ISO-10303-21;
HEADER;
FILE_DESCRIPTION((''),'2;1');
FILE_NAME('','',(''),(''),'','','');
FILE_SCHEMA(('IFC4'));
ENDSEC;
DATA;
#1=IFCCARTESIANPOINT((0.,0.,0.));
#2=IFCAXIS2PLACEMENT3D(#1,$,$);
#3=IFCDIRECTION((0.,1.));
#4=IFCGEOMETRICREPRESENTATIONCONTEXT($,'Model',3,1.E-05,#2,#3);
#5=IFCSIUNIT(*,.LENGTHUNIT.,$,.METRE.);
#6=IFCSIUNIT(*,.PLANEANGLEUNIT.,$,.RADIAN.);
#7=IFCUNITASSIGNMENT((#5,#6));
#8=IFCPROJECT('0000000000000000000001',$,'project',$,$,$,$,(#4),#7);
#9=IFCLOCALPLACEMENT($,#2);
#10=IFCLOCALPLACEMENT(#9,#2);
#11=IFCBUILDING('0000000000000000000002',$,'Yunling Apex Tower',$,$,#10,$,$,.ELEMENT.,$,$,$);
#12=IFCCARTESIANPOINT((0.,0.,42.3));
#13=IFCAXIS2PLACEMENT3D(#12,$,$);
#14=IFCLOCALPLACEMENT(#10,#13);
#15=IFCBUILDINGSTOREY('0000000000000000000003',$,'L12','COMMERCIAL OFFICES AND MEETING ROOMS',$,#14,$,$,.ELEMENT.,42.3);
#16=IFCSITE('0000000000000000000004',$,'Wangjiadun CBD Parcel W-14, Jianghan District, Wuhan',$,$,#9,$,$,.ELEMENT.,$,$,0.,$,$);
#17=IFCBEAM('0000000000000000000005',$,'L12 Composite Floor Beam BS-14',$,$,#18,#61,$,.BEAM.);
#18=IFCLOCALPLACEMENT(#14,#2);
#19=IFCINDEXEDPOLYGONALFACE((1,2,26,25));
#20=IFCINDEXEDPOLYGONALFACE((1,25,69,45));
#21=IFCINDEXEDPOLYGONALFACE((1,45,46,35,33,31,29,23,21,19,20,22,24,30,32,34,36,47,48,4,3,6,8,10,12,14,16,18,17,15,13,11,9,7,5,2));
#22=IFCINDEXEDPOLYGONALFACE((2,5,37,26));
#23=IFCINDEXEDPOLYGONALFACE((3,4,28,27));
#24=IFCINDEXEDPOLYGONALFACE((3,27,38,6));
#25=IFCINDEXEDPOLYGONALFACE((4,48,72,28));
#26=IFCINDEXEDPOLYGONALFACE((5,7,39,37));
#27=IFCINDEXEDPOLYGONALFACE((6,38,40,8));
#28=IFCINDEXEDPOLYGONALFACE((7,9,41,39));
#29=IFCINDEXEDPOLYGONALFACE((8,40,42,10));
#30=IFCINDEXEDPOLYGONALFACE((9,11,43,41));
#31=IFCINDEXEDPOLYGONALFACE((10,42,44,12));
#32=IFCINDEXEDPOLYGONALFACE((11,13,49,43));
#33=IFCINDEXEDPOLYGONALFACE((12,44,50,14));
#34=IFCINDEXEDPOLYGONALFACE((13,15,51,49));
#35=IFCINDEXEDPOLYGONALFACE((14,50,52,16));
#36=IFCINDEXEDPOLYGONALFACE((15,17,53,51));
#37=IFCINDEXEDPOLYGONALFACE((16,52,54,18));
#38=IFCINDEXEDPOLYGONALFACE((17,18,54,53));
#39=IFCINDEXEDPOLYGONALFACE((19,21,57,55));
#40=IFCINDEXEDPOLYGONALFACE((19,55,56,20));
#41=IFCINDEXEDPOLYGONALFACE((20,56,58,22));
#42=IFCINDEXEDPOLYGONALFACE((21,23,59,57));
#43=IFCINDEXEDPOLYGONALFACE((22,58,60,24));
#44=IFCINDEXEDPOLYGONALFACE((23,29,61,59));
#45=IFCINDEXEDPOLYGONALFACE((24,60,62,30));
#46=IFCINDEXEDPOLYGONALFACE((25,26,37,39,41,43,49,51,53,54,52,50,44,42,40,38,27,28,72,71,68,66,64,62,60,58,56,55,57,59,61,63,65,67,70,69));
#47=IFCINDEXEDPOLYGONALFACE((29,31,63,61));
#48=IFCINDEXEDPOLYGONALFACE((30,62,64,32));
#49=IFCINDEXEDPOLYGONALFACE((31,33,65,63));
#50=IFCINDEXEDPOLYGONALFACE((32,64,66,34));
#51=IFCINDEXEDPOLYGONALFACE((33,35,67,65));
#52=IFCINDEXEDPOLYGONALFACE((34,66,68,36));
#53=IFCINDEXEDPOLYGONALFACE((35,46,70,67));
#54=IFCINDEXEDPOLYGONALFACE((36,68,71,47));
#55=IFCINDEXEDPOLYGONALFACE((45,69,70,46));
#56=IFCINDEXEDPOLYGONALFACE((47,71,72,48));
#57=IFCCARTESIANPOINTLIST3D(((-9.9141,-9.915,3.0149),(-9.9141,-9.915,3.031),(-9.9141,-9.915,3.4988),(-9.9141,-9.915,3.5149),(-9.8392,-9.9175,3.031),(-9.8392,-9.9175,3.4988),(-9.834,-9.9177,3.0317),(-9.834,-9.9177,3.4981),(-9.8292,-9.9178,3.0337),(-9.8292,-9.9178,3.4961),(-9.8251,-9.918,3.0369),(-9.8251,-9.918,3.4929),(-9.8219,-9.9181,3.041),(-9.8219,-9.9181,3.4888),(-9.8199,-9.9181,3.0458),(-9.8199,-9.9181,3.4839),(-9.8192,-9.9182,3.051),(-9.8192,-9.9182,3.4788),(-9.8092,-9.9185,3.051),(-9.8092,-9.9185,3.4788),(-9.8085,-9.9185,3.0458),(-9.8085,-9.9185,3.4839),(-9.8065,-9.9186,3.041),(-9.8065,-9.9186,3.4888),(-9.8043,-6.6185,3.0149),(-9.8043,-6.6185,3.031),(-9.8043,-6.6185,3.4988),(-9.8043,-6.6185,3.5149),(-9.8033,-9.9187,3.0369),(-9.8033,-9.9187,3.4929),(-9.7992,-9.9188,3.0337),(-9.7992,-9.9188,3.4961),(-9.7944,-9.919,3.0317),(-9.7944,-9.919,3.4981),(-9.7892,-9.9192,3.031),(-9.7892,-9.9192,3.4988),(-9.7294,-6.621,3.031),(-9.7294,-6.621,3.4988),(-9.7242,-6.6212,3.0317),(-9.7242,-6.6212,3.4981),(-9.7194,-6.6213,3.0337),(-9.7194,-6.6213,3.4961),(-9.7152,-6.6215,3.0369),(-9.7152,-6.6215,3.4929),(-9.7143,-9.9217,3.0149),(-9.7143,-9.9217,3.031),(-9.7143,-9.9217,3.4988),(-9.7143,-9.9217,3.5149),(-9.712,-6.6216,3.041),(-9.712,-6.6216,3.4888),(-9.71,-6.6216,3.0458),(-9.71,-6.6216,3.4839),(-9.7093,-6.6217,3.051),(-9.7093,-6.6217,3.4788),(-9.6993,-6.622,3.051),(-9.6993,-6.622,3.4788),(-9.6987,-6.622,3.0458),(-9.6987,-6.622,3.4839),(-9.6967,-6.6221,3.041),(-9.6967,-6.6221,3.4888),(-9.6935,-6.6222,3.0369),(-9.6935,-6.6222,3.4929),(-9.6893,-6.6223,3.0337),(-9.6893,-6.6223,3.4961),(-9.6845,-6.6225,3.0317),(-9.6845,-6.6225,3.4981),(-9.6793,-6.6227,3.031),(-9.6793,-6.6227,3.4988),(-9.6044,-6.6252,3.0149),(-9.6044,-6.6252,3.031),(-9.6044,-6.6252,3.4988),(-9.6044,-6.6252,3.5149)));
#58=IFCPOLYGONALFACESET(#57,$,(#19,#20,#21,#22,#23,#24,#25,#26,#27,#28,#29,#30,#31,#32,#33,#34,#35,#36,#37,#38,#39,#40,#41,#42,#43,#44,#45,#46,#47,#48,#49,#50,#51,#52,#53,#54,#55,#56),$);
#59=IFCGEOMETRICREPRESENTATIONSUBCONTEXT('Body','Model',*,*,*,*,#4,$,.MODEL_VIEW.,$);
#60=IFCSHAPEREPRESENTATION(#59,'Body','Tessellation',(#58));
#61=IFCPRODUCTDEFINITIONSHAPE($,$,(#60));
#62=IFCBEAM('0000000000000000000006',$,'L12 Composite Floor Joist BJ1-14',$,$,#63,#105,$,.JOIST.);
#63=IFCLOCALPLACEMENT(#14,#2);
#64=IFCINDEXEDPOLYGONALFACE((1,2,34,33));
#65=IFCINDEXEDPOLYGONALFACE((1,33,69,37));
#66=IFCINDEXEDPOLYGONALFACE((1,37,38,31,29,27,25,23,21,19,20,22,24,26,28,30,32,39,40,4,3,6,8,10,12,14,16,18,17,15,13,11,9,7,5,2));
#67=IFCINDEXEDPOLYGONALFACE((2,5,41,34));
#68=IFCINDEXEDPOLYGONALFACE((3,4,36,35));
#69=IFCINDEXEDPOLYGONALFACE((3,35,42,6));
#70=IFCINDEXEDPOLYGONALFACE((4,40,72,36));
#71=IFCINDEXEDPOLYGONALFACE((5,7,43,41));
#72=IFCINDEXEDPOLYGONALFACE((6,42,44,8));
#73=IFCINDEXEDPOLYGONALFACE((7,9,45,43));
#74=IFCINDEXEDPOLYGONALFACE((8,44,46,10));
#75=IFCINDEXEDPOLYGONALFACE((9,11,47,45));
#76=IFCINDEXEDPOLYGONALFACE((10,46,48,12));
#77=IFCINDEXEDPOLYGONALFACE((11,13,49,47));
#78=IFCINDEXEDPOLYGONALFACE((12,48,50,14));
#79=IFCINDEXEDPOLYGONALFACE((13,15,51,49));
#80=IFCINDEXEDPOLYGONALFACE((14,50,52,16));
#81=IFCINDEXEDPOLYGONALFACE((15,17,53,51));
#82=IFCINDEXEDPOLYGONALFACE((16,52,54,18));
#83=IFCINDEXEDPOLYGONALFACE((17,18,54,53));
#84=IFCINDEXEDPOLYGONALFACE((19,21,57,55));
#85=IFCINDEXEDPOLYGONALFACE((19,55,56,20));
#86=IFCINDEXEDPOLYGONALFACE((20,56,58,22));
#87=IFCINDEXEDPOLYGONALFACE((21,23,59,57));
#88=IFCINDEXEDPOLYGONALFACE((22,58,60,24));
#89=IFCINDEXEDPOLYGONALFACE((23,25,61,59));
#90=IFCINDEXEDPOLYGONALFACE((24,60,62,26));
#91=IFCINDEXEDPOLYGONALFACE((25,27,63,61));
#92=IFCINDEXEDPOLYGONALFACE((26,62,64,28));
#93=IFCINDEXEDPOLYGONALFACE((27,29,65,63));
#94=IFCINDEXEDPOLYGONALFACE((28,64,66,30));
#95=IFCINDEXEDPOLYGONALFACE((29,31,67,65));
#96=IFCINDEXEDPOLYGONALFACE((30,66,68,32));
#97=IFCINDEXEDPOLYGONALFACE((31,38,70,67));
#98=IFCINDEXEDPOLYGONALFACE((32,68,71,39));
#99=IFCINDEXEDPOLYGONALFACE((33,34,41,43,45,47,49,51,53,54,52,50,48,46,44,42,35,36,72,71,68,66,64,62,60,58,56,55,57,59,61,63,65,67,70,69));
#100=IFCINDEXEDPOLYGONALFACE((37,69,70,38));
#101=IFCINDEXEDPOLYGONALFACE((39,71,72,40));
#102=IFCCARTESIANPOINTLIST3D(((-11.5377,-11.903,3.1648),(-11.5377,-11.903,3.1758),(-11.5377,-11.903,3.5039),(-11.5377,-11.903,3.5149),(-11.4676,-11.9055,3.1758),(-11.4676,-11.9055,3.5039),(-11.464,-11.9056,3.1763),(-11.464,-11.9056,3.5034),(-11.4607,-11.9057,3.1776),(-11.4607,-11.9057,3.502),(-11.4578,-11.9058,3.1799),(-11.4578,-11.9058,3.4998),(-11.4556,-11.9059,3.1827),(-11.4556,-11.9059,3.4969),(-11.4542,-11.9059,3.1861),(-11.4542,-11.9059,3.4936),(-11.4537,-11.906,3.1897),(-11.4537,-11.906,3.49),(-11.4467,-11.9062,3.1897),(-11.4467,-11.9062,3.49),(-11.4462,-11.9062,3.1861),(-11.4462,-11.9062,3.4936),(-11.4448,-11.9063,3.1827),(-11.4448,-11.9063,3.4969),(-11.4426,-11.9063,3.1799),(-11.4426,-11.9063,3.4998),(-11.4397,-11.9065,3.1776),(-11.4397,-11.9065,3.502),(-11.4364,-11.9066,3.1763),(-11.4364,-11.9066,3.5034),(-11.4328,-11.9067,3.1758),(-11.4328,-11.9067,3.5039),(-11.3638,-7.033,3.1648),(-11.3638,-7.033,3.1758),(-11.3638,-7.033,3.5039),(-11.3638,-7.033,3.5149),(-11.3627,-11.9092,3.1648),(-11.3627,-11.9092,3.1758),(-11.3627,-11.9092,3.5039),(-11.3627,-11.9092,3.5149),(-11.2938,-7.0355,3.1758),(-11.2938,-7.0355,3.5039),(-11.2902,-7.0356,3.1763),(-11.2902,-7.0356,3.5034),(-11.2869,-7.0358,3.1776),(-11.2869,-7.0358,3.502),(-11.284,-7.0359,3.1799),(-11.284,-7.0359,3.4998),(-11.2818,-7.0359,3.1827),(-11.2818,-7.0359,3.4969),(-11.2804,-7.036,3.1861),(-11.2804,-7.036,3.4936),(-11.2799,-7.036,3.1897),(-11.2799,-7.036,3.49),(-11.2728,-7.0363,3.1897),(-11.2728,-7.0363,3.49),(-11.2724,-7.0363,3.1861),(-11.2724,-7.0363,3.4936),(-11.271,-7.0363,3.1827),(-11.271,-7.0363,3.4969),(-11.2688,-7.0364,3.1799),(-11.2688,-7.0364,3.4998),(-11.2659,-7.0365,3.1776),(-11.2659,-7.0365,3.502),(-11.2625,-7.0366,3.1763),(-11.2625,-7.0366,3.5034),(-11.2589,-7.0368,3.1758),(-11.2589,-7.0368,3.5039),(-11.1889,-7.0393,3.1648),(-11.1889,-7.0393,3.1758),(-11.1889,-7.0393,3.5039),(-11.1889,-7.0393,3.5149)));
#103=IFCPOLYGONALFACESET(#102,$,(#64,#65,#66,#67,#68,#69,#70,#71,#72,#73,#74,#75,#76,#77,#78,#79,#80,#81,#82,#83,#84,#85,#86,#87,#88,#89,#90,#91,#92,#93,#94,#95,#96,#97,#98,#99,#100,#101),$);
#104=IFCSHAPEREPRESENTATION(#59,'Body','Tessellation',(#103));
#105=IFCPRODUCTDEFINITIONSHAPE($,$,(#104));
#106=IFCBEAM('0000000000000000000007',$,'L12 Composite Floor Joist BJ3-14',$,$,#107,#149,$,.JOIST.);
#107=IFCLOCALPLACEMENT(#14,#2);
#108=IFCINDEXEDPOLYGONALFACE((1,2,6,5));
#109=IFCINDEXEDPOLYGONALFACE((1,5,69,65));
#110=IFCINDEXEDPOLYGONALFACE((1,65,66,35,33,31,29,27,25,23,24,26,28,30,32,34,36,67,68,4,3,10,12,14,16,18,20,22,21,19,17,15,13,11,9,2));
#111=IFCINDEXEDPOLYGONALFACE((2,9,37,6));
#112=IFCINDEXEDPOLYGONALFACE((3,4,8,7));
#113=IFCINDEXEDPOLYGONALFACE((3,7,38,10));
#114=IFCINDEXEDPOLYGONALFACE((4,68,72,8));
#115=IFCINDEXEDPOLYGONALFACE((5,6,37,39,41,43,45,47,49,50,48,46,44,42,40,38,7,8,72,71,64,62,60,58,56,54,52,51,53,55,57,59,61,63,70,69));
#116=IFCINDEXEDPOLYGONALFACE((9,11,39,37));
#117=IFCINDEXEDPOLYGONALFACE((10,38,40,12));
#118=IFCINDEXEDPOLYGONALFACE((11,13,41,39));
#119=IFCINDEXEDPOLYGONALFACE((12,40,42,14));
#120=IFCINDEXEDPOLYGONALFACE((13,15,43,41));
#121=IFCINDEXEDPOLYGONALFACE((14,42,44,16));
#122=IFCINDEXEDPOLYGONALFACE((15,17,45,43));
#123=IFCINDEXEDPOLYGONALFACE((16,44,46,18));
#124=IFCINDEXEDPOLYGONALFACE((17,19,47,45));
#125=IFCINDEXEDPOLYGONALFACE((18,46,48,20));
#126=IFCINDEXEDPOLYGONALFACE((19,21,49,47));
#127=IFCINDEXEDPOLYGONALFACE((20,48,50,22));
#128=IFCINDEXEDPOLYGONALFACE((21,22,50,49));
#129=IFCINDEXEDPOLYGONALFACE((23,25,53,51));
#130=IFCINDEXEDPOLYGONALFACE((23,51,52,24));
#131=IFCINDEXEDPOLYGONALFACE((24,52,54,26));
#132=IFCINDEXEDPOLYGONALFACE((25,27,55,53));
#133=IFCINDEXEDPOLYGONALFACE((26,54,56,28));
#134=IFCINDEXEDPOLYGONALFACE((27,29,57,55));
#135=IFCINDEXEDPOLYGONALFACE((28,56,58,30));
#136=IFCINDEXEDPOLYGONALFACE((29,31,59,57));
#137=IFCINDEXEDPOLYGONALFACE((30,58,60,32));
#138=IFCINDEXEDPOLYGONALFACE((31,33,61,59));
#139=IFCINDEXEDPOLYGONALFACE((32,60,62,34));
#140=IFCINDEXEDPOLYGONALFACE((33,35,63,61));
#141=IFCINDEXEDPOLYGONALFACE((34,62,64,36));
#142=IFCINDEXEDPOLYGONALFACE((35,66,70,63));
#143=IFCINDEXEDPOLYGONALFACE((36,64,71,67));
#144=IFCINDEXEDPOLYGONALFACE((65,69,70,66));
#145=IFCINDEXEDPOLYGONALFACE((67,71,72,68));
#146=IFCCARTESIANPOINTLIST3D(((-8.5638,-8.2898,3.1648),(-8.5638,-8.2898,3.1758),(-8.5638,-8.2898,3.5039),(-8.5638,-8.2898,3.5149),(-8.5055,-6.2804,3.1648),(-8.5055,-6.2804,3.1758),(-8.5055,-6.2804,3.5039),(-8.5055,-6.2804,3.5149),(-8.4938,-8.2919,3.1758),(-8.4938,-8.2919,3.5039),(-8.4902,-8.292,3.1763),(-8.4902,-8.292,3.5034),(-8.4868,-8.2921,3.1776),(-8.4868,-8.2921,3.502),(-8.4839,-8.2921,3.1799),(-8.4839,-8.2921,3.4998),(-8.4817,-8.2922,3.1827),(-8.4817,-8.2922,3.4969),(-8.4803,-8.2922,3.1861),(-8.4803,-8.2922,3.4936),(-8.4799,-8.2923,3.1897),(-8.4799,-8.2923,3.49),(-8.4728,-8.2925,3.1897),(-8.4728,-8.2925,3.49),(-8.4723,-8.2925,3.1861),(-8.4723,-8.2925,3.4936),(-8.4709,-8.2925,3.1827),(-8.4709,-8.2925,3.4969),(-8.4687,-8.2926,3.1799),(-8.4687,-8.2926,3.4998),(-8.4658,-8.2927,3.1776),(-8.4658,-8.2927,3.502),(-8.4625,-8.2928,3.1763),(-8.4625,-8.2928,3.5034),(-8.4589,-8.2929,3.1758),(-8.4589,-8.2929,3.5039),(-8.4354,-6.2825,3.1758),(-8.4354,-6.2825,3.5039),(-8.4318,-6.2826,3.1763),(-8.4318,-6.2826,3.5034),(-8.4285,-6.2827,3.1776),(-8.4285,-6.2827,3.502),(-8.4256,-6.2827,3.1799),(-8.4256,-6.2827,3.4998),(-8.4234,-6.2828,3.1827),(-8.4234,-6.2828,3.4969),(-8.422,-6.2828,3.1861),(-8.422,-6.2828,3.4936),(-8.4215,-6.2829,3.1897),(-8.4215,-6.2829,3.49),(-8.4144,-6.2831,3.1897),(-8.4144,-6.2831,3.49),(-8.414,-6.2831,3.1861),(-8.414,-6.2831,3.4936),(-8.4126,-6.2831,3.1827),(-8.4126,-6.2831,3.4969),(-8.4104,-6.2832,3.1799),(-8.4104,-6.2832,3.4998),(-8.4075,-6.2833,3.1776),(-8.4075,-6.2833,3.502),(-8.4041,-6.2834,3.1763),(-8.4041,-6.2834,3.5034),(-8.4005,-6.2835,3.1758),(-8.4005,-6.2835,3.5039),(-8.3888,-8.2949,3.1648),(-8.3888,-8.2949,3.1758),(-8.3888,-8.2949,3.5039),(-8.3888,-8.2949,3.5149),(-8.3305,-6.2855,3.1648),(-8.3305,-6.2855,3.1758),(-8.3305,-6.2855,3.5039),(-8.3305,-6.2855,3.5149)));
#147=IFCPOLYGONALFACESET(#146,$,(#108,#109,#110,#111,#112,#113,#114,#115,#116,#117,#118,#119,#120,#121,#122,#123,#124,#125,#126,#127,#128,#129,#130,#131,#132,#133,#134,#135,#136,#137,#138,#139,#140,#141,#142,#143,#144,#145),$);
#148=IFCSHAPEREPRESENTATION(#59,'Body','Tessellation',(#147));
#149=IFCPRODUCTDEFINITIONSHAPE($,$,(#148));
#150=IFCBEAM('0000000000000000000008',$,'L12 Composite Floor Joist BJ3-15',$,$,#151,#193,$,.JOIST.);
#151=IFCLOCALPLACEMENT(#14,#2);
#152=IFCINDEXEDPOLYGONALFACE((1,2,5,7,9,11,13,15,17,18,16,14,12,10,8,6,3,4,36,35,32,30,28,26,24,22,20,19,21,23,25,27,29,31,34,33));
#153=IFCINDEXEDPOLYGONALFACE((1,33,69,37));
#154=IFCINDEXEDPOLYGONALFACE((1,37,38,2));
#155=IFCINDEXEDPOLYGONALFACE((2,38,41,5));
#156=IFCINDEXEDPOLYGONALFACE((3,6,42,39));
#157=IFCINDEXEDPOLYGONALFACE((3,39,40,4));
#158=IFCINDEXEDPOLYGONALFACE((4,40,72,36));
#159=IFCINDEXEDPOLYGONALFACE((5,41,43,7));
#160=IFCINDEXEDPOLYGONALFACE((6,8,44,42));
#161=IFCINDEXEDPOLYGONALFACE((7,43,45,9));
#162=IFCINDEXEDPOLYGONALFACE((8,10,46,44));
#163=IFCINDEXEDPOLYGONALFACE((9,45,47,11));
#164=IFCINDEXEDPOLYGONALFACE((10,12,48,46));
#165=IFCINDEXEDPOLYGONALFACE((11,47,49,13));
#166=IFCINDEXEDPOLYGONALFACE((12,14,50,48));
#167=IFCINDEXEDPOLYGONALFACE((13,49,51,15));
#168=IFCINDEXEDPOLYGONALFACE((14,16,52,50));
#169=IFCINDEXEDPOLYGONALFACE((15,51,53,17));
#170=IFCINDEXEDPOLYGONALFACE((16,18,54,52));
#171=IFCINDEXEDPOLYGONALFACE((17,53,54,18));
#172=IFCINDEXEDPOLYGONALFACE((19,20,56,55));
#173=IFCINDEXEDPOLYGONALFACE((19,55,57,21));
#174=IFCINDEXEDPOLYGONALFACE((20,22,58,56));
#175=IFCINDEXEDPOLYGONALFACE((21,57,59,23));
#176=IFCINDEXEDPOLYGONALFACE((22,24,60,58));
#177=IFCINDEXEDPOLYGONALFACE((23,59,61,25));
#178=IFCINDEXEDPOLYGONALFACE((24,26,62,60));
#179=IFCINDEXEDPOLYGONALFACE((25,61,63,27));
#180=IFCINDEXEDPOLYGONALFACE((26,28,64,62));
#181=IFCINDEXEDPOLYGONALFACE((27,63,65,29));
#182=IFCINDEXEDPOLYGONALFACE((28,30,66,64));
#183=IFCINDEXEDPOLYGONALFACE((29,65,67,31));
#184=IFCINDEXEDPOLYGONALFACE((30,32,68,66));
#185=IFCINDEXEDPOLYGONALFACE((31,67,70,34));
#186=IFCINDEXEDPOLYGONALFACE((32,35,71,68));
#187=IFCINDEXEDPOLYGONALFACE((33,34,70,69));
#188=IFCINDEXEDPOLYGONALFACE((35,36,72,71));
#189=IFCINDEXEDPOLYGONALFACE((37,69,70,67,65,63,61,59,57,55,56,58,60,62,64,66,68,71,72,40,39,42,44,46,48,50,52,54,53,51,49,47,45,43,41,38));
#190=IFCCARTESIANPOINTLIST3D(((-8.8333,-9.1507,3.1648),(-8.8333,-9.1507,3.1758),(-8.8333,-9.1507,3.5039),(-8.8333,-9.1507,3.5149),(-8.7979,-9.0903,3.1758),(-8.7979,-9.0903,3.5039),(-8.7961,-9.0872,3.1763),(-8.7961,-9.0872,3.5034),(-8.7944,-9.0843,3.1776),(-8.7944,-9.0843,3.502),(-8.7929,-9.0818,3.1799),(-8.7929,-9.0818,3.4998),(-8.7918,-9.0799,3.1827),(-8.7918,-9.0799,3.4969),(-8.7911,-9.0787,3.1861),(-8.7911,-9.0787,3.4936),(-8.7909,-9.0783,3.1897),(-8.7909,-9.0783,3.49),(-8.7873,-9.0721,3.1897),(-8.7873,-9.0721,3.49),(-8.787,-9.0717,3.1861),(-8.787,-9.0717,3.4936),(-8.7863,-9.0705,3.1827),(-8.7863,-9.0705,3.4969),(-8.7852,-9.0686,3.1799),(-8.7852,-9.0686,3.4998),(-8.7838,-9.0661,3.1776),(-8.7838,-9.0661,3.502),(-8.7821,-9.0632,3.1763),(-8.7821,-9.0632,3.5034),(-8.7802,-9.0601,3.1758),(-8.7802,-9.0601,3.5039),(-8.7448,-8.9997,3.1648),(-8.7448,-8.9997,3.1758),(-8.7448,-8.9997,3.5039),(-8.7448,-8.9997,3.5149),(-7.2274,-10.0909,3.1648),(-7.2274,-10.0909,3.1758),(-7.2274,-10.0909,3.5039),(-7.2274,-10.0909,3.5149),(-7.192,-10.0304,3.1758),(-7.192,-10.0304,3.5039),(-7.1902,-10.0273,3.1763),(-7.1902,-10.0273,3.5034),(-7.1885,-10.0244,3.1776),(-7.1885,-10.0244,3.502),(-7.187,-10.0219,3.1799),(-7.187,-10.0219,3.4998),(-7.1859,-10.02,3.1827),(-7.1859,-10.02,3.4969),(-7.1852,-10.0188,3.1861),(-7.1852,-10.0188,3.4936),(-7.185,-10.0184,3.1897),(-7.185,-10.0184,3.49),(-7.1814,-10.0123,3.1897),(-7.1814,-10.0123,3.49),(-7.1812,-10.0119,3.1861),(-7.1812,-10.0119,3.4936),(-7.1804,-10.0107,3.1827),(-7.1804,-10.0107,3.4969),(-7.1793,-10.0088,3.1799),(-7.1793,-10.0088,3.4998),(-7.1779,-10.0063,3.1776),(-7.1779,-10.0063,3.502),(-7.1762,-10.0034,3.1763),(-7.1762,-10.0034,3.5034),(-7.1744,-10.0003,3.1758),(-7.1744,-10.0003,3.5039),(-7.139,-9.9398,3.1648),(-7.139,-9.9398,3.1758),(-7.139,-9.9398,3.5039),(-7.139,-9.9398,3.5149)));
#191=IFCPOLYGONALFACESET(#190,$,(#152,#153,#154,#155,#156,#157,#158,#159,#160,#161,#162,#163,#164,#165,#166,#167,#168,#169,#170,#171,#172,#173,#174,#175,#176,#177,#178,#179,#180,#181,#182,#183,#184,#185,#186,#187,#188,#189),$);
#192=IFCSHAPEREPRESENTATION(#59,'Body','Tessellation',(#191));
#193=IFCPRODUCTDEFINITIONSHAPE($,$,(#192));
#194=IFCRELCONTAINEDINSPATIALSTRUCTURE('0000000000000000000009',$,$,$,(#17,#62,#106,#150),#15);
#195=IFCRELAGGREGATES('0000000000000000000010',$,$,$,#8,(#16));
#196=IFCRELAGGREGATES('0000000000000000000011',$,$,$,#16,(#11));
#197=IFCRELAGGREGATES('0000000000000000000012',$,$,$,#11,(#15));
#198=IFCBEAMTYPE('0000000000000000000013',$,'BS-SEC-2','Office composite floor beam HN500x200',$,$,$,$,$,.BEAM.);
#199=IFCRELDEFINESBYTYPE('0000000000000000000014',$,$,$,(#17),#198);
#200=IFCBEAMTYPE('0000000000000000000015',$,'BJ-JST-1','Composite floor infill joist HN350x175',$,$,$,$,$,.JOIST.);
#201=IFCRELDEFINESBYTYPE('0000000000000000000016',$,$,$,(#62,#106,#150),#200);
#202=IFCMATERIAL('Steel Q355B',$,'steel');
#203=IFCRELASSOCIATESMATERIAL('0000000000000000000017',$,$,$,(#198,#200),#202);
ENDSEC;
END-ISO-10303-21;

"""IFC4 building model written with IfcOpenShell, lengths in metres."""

from ifc_helpers import new_model, si_unit, direction, frame, origin, origin_2d, place, context, subcontext, project, spatial, i_section, extrude, source, transform, mapped, material, material_profile, profile_set, type_object, element, save


model = new_model("IFC4")

# Units and contexts
model_context = context("Model", 3, precision=1e-05, world=origin(), true_north=direction((0.0, 1.0)))
body_context = subcontext(model_context, "Body", "Model", "MODEL_VIEW")
ifc_project = project(units=[si_unit("LENGTHUNIT", "METRE"), si_unit("PLANEANGLEUNIT", "RADIAN")], contexts=[model_context])

# Site, building, storey
site_placement = place(None, origin())
site = spatial("IfcSite", under=ifc_project, at=site_placement, Name="Wangjiadun CBD Parcel W-14, Jianghan District, Wuhan", CompositionType="ELEMENT", RefElevation=0.0)
building_placement = place(site_placement, origin())
building = spatial("IfcBuilding", under=site, at=building_placement, Name="Yunling Apex Tower", CompositionType="ELEMENT")
storey_placement = place(building_placement, frame((0.0, 0.0, 42.3)))
storey = spatial("IfcBuildingStorey", under=building, at=storey_placement, Name="L12", Description="COMMERCIAL OFFICES AND MEETING ROOMS", CompositionType="ELEMENT", Elevation=42.3)

# Beams
ifc_material_1 = material(Name="Steel Q355B", Category="steel")
ifc_material_profile_1 = material_profile(ifc_material_1, i_section(OverallWidth=0.2, OverallDepth=0.5, WebThickness=0.01, FlangeThickness=0.0161, FilletRadius=0.02, at=origin_2d()))
ifc_profile_set_1 = profile_set([ifc_material_profile_1], Name="Steel Q355B")
beam_type_1 = type_object("IfcBeamType", Name="BS-SEC-2", Description="Office composite floor beam HN500x200", PredefinedType="BEAM", material=ifc_profile_set_1)
ifc_material_profile_2 = material_profile(ifc_material_1, i_section(OverallWidth=0.175, OverallDepth=0.3501, WebThickness=0.0071, FlangeThickness=0.011, FilletRadius=0.0139, at=origin_2d()))
ifc_profile_set_2 = profile_set([ifc_material_profile_2], Name="Steel Q355B")
beam_type_2 = type_object("IfcBeamType", Name="BJ-JST-1", Description="Composite floor infill joist HN350x175", PredefinedType="JOIST", material=ifc_profile_set_2)
shared_shape_1 = source(origin(), body_context, "Body", "SweptSolid", [
    extrude(i_section(OverallWidth=0.2, OverallDepth=0.5, WebThickness=0.01, FlangeThickness=0.0161, FilletRadius=0.02, at=origin_2d()), origin(), (0.0, 0.0, 1.0), 3.2983),
])
beam_1_placement = place(storey_placement, frame((-9.7043, -6.6218, 3.2649), z_axis=(-0.033307, -0.999445, 0.0), x_axis=(0.999445, -0.033307, 0.0)))
element("IfcBeam", 1, at=beam_1_placement, inside=storey, type_object=beam_type_1, Name="L12 Composite Floor Beam BS-14", PredefinedType="BEAM", context=body_context, shape_type="MappedRepresentation", body=[
    mapped(shared_shape_1, transform((0.0, 0.0, 0.0), scale=1.0)),
])
shared_shape_2 = source(origin(), body_context, "Body", "SweptSolid", [
    extrude(i_section(OverallWidth=0.175, OverallDepth=0.3501, WebThickness=0.0071, FlangeThickness=0.011, FilletRadius=0.0139, at=origin_2d()), origin(), (0.0, 0.0, 1.0), 4.873),
])
beam_2_placement = place(storey_placement, frame((-11.2764, -7.0361, 3.3398), z_axis=(-0.035672, -0.999364, 0.0), x_axis=(0.999364, -0.035672, 0.0)))
element("IfcBeam", 2, at=beam_2_placement, inside=storey, type_object=beam_type_2, Name="L12 Composite Floor Joist BJ1-14", PredefinedType="JOIST", context=body_context, shape_type="MappedRepresentation", body=[
    mapped(shared_shape_2, transform((0.0, 0.0, 0.0), scale=1.0)),
])
shared_shape_3 = source(origin(), body_context, "Body", "SweptSolid", [
    extrude(i_section(OverallWidth=0.175, OverallDepth=0.3501, WebThickness=0.0071, FlangeThickness=0.011, FilletRadius=0.0139, at=origin_2d()), origin(), (0.0, 0.0, 1.0), 2.0103),
])
beam_3_placement = place(storey_placement, frame((-8.418, -6.283, 3.3398), z_axis=(-0.029024, -0.999579, 0.0), x_axis=(0.999579, -0.029024, 0.0)))
element("IfcBeam", 3, at=beam_3_placement, inside=storey, type_object=beam_type_2, Name="L12 Composite Floor Joist BJ3-14", PredefinedType="JOIST", context=body_context, shape_type="MappedRepresentation", body=[
    mapped(shared_shape_3, transform((0.0, 0.0, 0.0), scale=1.0)),
])
shared_shape_4 = source(origin(), body_context, "Body", "SweptSolid", [
    extrude(i_section(OverallWidth=0.175, OverallDepth=0.3501, WebThickness=0.0071, FlangeThickness=0.011, FilletRadius=0.0139, at=origin_2d()), origin(), (0.0, 0.0, 1.0), 1.8608),
])
beam_4_placement = place(storey_placement, frame((-8.7891, -9.0752, 3.3398), z_axis=(0.862988, -0.505224, 0.0), x_axis=(0.505224, 0.862988, 0.0)))
element("IfcBeam", 4, at=beam_4_placement, inside=storey, type_object=beam_type_2, Name="L12 Composite Floor Joist BJ3-15", PredefinedType="JOIST", context=body_context, shape_type="MappedRepresentation", body=[
    mapped(shared_shape_4, transform((0.0, 0.0, 0.0), scale=1.0)),
])

save(model, "model.ifc")
